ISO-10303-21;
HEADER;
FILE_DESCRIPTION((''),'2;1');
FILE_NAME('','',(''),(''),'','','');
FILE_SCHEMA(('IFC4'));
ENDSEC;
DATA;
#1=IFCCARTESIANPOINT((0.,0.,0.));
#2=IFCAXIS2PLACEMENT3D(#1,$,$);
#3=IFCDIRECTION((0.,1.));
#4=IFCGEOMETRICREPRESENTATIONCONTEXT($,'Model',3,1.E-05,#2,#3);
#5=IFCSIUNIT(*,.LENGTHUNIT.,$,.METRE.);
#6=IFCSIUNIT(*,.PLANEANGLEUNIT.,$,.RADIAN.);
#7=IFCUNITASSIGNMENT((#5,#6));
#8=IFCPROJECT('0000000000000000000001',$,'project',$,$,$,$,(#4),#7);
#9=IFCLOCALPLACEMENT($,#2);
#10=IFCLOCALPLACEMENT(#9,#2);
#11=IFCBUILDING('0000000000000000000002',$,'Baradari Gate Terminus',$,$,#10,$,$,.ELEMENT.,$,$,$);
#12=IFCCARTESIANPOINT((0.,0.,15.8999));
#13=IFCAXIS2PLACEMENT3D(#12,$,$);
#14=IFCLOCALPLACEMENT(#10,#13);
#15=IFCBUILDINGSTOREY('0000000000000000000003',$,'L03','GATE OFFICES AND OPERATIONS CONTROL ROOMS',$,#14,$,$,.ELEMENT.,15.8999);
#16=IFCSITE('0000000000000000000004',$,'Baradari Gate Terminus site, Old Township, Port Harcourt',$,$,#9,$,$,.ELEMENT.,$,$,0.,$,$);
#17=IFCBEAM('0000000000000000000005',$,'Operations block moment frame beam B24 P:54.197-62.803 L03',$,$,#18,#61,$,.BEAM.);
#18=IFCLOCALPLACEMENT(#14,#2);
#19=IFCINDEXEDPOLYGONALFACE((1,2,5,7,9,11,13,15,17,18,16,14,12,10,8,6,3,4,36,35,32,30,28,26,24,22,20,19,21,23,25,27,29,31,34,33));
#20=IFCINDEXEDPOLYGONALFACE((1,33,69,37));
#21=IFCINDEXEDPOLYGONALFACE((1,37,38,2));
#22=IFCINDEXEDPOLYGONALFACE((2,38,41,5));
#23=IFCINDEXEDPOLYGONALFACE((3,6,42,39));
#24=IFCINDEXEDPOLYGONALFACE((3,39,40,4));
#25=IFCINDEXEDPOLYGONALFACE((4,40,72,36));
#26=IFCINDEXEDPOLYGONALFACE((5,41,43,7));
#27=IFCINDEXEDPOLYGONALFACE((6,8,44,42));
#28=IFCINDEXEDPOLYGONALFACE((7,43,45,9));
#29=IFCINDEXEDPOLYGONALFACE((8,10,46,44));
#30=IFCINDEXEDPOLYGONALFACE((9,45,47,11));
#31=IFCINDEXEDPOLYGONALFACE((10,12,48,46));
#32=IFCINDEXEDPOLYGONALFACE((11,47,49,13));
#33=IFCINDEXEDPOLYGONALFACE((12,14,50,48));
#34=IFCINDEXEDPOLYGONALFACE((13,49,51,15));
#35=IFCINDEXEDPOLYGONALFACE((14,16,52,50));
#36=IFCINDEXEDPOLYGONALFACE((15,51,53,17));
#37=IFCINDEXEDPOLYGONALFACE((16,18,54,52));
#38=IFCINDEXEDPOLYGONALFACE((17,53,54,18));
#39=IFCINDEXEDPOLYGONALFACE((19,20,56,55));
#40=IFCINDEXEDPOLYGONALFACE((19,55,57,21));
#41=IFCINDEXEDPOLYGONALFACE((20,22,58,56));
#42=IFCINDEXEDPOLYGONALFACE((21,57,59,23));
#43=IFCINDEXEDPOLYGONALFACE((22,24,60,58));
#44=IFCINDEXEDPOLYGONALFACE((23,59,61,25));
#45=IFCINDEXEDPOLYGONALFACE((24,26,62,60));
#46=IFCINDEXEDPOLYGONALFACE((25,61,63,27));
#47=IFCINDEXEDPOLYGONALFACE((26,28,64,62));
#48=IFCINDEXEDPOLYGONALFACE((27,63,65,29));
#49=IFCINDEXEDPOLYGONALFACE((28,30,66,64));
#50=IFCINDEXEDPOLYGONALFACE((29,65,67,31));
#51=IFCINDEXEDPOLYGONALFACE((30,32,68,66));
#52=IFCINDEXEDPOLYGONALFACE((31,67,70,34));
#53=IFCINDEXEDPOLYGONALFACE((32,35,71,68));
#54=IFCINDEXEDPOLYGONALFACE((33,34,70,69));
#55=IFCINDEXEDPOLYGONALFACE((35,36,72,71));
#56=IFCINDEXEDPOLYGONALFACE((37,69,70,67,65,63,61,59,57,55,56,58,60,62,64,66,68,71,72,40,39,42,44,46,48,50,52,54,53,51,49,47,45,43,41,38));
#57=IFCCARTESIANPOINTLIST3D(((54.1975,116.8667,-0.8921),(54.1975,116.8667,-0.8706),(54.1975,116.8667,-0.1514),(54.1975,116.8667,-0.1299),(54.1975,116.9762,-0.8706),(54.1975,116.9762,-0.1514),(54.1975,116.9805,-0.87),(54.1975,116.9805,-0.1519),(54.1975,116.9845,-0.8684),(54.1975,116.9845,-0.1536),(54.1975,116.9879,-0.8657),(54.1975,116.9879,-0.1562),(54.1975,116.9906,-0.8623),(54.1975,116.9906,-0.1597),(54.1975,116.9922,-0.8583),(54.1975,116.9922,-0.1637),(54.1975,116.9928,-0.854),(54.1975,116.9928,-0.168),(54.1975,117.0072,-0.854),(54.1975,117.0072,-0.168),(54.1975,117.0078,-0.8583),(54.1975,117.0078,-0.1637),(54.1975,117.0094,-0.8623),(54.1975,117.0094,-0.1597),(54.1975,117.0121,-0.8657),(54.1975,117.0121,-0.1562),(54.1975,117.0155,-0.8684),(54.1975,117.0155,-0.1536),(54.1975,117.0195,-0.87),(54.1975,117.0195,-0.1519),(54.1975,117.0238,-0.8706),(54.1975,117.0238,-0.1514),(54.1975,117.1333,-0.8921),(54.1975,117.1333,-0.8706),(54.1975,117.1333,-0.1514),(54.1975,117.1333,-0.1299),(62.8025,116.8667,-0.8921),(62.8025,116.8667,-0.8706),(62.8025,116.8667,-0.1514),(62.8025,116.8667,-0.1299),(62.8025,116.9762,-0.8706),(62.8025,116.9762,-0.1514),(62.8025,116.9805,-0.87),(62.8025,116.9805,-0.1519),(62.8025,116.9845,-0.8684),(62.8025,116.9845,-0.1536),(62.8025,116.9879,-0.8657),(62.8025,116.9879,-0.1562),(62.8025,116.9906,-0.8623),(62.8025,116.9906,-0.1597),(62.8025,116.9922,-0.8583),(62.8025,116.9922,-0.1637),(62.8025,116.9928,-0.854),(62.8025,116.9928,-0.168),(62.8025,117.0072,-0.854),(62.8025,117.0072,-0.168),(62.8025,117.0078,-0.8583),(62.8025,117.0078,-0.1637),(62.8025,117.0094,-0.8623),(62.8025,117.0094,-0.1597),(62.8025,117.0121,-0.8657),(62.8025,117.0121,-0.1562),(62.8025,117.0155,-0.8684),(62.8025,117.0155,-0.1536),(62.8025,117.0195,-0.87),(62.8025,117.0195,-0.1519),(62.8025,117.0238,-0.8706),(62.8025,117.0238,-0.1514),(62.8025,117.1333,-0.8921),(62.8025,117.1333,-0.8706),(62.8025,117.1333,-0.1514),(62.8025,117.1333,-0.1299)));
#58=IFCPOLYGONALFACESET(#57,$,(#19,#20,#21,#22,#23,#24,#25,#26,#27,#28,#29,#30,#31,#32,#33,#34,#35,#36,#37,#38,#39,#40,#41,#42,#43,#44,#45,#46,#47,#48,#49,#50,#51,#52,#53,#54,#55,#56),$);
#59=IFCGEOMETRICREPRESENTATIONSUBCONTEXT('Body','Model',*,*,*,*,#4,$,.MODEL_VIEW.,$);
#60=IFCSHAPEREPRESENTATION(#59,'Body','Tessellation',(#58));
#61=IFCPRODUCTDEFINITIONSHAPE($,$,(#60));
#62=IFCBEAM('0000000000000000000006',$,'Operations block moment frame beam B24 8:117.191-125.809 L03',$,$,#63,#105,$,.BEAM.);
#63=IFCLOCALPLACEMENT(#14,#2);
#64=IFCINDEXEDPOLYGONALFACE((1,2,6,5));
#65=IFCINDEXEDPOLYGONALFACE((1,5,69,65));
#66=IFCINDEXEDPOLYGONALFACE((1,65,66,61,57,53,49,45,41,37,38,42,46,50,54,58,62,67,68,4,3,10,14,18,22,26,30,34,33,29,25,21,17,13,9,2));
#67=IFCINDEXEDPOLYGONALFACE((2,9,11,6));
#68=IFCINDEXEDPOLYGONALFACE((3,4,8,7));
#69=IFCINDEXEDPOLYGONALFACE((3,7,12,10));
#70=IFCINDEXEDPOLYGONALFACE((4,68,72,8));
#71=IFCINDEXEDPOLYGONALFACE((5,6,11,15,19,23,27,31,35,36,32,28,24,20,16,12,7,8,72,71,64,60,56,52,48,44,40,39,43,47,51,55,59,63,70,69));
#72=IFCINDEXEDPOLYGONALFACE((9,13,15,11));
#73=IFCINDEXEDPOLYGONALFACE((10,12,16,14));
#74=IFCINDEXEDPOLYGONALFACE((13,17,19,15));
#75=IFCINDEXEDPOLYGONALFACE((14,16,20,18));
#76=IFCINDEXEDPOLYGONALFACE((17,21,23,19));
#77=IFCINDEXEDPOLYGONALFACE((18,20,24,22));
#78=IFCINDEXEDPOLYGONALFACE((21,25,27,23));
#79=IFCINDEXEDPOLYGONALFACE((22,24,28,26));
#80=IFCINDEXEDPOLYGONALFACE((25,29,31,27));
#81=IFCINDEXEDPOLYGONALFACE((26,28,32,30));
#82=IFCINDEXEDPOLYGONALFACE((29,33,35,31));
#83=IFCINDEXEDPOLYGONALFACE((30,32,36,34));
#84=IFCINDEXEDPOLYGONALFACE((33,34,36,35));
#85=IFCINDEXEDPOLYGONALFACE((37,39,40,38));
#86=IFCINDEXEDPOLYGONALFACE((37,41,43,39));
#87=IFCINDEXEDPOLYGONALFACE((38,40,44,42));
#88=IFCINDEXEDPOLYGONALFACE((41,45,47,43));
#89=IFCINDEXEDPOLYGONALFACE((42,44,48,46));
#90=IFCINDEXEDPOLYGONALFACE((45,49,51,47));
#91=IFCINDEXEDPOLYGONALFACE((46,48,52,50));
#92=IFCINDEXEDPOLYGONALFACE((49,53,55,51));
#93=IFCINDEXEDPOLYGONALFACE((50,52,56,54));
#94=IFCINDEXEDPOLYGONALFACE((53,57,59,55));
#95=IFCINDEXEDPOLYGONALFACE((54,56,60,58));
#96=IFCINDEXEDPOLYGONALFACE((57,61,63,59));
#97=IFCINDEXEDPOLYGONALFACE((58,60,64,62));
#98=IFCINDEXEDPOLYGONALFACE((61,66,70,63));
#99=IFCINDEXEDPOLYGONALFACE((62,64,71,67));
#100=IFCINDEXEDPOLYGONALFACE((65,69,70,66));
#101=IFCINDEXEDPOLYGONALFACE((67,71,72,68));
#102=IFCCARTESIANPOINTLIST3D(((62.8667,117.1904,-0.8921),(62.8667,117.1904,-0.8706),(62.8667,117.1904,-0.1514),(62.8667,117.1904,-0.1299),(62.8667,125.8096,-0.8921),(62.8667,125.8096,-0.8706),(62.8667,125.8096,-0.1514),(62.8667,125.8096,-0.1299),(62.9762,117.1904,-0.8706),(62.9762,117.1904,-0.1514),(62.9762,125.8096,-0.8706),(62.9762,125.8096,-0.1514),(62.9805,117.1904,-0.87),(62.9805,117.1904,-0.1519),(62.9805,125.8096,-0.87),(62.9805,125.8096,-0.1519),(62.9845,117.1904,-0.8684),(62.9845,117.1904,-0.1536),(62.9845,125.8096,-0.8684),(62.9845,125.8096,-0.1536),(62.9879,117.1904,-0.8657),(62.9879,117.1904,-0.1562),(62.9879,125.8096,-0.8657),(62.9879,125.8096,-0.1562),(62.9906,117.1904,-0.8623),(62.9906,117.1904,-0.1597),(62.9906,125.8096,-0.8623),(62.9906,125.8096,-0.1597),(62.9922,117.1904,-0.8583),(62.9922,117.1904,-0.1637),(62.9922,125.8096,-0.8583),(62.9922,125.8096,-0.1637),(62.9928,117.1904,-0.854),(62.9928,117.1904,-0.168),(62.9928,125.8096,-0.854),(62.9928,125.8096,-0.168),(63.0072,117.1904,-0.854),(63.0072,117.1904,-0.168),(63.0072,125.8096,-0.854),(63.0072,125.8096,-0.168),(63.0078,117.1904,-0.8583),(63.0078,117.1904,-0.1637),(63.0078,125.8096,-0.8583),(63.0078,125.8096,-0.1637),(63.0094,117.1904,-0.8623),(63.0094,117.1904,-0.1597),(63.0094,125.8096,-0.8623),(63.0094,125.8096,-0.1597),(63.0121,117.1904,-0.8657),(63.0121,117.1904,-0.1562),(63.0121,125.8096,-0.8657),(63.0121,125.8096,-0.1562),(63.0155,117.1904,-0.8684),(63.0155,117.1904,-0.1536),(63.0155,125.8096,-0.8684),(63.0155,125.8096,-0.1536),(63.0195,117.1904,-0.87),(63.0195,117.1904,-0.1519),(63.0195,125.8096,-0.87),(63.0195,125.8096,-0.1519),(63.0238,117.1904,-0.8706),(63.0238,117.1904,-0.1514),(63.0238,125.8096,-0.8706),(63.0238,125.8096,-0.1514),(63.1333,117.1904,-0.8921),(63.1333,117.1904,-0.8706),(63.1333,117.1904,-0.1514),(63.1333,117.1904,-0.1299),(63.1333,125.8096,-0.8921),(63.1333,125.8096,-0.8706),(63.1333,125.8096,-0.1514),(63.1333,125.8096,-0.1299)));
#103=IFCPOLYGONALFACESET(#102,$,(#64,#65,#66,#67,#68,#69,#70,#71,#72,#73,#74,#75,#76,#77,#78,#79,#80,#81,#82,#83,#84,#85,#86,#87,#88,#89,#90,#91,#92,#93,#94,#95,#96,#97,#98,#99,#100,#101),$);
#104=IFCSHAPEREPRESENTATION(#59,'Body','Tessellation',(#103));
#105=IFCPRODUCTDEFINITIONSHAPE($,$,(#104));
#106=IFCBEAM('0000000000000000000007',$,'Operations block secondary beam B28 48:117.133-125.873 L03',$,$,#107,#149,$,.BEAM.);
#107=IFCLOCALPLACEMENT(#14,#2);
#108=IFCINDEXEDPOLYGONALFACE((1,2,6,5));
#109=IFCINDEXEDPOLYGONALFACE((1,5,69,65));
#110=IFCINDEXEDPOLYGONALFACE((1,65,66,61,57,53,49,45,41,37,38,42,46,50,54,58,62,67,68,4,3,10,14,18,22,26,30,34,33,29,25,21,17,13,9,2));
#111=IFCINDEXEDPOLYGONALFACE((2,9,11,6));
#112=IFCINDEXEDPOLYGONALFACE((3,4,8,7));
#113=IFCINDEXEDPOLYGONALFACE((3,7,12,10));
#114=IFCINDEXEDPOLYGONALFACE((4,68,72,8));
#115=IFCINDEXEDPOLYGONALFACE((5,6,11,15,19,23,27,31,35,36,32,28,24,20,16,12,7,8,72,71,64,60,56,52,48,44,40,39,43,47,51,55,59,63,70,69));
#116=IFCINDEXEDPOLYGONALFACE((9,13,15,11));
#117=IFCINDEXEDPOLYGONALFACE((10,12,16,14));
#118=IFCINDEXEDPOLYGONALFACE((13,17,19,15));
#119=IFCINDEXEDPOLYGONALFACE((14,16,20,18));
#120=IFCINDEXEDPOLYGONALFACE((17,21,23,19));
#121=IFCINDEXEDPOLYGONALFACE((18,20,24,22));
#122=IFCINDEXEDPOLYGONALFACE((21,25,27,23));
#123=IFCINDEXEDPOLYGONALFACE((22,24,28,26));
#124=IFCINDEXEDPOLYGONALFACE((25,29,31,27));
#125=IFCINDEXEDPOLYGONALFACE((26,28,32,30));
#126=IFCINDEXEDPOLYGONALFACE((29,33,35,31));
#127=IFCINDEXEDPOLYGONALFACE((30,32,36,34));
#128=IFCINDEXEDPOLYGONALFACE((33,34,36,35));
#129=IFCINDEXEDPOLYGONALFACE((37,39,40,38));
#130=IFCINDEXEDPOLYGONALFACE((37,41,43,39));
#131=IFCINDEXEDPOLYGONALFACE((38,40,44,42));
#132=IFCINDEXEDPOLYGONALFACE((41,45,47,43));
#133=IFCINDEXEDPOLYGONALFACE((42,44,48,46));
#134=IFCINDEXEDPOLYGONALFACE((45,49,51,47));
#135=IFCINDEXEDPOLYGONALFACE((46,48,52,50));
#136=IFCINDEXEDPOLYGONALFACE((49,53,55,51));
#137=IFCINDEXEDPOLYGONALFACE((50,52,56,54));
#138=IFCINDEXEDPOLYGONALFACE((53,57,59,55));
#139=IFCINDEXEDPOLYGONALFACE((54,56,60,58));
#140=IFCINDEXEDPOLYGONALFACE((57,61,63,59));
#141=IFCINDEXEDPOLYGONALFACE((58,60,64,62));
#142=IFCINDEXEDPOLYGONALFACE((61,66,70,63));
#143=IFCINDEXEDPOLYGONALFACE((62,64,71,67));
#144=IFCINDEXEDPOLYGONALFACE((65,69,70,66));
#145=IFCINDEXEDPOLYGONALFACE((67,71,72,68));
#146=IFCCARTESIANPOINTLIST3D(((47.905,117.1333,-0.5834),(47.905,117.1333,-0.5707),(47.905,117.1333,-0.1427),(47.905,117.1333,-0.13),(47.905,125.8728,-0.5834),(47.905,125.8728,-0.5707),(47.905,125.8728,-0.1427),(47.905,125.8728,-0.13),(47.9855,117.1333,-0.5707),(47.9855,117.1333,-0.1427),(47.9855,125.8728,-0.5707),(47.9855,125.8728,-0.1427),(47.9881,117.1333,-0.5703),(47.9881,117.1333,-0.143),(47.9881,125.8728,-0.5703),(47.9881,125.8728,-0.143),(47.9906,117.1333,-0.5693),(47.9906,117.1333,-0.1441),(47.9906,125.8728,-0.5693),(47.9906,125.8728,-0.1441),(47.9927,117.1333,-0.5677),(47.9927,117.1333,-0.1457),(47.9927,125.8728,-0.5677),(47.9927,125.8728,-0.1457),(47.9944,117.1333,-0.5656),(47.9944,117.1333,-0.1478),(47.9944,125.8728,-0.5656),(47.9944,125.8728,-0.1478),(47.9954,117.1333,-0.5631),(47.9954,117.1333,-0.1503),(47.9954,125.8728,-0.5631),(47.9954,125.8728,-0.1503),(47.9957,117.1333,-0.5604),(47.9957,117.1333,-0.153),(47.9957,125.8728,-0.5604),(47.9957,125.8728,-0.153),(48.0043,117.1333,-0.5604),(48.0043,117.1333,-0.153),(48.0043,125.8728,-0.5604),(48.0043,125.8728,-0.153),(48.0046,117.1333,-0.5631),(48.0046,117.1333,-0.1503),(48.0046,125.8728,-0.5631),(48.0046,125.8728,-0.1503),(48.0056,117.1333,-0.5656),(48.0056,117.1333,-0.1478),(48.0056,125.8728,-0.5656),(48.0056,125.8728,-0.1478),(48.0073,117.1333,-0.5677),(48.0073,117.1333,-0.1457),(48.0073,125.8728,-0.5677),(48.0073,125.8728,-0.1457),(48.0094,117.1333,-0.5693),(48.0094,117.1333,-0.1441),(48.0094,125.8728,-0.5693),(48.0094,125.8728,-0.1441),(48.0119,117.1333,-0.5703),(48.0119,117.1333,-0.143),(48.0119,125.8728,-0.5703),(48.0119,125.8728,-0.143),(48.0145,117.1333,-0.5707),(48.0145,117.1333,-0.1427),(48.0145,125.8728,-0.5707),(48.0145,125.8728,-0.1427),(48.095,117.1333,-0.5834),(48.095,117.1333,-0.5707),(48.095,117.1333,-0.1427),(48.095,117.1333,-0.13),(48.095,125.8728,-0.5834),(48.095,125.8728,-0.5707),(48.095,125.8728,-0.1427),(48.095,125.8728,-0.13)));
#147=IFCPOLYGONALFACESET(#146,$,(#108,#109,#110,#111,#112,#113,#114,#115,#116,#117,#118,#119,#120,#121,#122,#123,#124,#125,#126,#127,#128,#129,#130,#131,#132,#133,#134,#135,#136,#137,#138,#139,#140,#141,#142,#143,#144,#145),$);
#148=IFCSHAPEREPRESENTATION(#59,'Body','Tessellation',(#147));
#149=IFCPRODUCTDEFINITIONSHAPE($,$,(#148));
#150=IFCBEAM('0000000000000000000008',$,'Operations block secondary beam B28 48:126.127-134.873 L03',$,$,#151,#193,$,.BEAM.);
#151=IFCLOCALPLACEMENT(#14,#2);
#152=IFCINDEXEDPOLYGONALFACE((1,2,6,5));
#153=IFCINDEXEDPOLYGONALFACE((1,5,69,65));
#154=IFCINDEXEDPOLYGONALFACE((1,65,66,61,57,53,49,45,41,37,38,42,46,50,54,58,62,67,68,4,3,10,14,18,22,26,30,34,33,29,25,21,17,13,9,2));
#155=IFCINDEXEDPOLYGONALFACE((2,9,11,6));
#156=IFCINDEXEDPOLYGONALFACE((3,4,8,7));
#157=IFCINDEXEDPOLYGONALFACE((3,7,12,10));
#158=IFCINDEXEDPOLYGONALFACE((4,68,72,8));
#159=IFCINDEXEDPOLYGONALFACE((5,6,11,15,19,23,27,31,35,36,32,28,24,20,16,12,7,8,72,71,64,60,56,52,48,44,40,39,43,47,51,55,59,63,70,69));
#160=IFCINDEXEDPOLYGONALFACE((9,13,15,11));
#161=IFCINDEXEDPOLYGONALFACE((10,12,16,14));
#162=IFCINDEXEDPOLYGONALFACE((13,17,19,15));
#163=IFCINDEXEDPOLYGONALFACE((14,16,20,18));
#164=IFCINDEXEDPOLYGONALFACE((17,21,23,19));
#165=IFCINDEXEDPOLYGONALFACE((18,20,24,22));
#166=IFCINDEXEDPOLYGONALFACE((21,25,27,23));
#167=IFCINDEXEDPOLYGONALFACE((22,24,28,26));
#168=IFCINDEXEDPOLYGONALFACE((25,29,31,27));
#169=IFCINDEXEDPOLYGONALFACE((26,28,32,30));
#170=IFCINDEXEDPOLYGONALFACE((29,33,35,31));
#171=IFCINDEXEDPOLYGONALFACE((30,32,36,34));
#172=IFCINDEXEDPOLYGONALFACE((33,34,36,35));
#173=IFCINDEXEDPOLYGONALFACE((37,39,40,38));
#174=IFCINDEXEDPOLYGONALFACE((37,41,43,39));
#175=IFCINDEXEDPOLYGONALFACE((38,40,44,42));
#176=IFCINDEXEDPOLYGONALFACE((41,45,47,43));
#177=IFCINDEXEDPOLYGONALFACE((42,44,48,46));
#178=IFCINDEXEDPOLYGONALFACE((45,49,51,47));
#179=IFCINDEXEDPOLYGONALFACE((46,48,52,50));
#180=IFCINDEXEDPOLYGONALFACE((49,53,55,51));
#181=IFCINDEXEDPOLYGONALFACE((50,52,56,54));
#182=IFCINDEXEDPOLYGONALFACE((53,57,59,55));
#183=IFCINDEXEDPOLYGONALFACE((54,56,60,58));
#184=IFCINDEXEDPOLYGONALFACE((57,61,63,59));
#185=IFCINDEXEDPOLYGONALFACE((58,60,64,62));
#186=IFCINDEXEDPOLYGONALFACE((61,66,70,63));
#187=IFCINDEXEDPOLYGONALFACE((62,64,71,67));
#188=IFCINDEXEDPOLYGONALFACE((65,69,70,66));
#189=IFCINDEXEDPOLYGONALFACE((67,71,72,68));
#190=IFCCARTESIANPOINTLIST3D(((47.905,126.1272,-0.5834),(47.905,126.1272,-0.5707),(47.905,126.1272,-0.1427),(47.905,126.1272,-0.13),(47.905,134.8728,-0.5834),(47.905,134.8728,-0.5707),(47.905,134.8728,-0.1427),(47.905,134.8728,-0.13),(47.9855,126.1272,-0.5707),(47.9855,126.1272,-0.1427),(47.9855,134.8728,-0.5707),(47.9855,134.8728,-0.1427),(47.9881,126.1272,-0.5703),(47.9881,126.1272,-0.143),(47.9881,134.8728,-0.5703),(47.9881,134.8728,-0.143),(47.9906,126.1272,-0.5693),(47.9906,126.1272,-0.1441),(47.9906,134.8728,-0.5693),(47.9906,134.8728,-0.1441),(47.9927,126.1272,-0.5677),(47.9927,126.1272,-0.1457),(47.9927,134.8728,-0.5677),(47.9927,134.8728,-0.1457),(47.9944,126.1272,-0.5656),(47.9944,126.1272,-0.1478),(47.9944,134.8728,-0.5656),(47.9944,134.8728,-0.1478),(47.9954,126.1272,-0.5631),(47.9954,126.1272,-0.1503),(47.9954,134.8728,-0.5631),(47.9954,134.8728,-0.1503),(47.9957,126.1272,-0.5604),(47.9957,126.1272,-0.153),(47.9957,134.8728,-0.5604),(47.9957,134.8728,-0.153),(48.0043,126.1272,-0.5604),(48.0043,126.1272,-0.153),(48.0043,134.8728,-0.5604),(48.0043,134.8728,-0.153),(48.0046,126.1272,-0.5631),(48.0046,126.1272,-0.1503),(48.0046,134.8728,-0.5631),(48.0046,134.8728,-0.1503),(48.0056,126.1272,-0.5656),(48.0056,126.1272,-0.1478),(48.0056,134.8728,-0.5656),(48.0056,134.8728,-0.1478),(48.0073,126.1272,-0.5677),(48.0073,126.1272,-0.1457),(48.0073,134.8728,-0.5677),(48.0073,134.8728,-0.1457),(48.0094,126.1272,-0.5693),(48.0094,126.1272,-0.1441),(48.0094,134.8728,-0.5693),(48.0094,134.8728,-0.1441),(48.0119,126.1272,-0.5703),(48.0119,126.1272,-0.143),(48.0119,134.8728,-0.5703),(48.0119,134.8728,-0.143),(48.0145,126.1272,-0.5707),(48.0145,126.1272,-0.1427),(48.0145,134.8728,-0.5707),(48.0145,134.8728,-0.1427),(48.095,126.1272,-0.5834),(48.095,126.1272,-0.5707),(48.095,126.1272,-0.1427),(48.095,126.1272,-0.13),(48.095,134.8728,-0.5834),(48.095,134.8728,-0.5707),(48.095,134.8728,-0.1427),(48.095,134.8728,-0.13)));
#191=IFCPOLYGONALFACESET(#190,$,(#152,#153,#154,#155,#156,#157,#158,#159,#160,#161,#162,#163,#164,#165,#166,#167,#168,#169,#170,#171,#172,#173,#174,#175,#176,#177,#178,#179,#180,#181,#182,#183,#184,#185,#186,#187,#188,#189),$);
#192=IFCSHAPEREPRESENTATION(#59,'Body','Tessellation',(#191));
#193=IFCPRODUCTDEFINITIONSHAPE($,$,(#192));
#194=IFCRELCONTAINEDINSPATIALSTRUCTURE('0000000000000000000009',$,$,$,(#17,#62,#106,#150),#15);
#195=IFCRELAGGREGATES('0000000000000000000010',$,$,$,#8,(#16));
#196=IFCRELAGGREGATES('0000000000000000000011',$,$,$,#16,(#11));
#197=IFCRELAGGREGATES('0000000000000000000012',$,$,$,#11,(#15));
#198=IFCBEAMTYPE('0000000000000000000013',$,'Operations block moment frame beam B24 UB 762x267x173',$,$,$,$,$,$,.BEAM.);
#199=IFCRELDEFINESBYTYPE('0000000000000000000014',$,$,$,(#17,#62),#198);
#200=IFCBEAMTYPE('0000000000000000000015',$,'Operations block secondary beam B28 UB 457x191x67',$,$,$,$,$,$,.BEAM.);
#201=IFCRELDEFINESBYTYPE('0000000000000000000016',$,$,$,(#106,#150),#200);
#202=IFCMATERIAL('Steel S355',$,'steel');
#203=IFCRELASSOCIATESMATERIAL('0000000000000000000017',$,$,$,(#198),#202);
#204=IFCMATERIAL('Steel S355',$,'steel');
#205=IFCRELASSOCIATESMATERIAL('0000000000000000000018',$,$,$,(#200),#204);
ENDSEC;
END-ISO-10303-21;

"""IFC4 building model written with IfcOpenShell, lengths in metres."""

from ifc_helpers import new_model, si_unit, direction, frame, origin, origin_2d, place, context, subcontext, project, spatial, i_section, extrude, material, material_profile, profile_set, type_object, element, save


model = new_model("IFC4")

# Units and contexts
model_context = context("Model", 3, precision=1e-05, world=origin(), true_north=direction((0.0, 1.0)))
body_context = subcontext(model_context, "Body", "Model", "MODEL_VIEW")
ifc_project = project(units=[si_unit("LENGTHUNIT", "METRE"), si_unit("PLANEANGLEUNIT", "RADIAN")], contexts=[model_context])

# Site, building, storey
site_placement = place(None, origin())
site = spatial("IfcSite", under=ifc_project, at=site_placement, Name="Baradari Gate Terminus site, Old Township, Port Harcourt", CompositionType="ELEMENT", RefElevation=0.0)
building_placement = place(site_placement, origin())
building = spatial("IfcBuilding", under=site, at=building_placement, Name="Baradari Gate Terminus", CompositionType="ELEMENT")
storey_placement = place(building_placement, frame((0.0, 0.0, 15.8999)))
storey = spatial("IfcBuildingStorey", under=building, at=storey_placement, Name="L03", Description="GATE OFFICES AND OPERATIONS CONTROL ROOMS", CompositionType="ELEMENT", Elevation=15.8999)

# Beams
ifc_material_1 = material(Name="Steel S355", Category="steel")
ifc_material_profile_1 = material_profile(ifc_material_1, i_section(OverallWidth=0.2666, OverallDepth=0.7622, WebThickness=0.0144, FlangeThickness=0.0215, FilletRadius=0.0166, at=origin_2d()), Name="UB 762x267x173")
ifc_profile_set_1 = profile_set([ifc_material_profile_1], Name="Steel S355")
beam_type_1 = type_object("IfcBeamType", Name="Operations block moment frame beam B24 UB 762x267x173", PredefinedType="BEAM", material=ifc_profile_set_1)
for number, where, z_axis, x_axis, name in (
    (1, (54.1975, 117.0, -0.511), (1.0, 0.0, 0.0), (0.0, 1.0, 0.0), "Operations block moment frame beam B24 P:54.197-62.803 L03"),
):
    element("IfcBeam", number, at=place(storey_placement, frame(where, z_axis=z_axis, x_axis=x_axis)), inside=storey, type_object=beam_type_1, Name=name, PredefinedType="BEAM", context=body_context, shape_type="SweptSolid", body=[
        extrude(i_section(OverallWidth=0.2666, OverallDepth=0.7622, WebThickness=0.0144, FlangeThickness=0.0215, FilletRadius=0.0166, at=origin_2d()), origin(), (0.0, 0.0, 1.0), 8.605),
    ])
beam_1_placement = place(storey_placement, frame((63.0, 117.1904, -0.511), z_axis=(0.0, 1.0, 0.0), x_axis=(-1.0, 0.0, 0.0)))
element("IfcBeam", 2, at=beam_1_placement, inside=storey, type_object=beam_type_1, Name="Operations block moment frame beam B24 8:117.191-125.809 L03", PredefinedType="BEAM", context=body_context, shape_type="SweptSolid", body=[
    extrude(i_section(OverallWidth=0.2666, OverallDepth=0.7622, WebThickness=0.0144, FlangeThickness=0.0215, FilletRadius=0.0166, at=origin_2d()), origin(), (0.0, 0.0, 1.0), 8.6191),
])
ifc_material_2 = material(Name="Steel S355", Category="steel")
ifc_material_profile_2 = material_profile(ifc_material_2, i_section(OverallWidth=0.1899, OverallDepth=0.4534, WebThickness=0.0085, FlangeThickness=0.0127, FilletRadius=0.0103, at=origin_2d()), Name="UB 457x191x67")
ifc_profile_set_2 = profile_set([ifc_material_profile_2], Name="Steel S355")
beam_type_2 = type_object("IfcBeamType", Name="Operations block secondary beam B28 UB 457x191x67", PredefinedType="BEAM", material=ifc_profile_set_2)
beam_2_placement = place(storey_placement, frame((48.0, 117.1333, -0.3567), z_axis=(0.0, 1.0, 0.0), x_axis=(-1.0, 0.0, 0.0)))
element("IfcBeam", 3, at=beam_2_placement, inside=storey, type_object=beam_type_2, Name="Operations block secondary beam B28 48:117.133-125.873 L03", PredefinedType="BEAM", context=body_context, shape_type="SweptSolid", body=[
    extrude(i_section(OverallWidth=0.1899, OverallDepth=0.4534, WebThickness=0.0085, FlangeThickness=0.0127, FilletRadius=0.0103, at=origin_2d()), origin(), (0.0, 0.0, 1.0), 8.7395),
])
beam_3_placement = place(storey_placement, frame((48.0, 126.1272, -0.3567), z_axis=(0.0, 1.0, 0.0), x_axis=(-1.0, 0.0, 0.0)))
element("IfcBeam", 4, at=beam_3_placement, inside=storey, type_object=beam_type_2, Name="Operations block secondary beam B28 48:126.127-134.873 L03", PredefinedType="BEAM", context=body_context, shape_type="SweptSolid", body=[
    extrude(i_section(OverallWidth=0.1899, OverallDepth=0.4534, WebThickness=0.0085, FlangeThickness=0.0127, FilletRadius=0.0103, at=origin_2d()), origin(), (0.0, 0.0, 1.0), 8.7456),
])

save(model, "model.ifc")
